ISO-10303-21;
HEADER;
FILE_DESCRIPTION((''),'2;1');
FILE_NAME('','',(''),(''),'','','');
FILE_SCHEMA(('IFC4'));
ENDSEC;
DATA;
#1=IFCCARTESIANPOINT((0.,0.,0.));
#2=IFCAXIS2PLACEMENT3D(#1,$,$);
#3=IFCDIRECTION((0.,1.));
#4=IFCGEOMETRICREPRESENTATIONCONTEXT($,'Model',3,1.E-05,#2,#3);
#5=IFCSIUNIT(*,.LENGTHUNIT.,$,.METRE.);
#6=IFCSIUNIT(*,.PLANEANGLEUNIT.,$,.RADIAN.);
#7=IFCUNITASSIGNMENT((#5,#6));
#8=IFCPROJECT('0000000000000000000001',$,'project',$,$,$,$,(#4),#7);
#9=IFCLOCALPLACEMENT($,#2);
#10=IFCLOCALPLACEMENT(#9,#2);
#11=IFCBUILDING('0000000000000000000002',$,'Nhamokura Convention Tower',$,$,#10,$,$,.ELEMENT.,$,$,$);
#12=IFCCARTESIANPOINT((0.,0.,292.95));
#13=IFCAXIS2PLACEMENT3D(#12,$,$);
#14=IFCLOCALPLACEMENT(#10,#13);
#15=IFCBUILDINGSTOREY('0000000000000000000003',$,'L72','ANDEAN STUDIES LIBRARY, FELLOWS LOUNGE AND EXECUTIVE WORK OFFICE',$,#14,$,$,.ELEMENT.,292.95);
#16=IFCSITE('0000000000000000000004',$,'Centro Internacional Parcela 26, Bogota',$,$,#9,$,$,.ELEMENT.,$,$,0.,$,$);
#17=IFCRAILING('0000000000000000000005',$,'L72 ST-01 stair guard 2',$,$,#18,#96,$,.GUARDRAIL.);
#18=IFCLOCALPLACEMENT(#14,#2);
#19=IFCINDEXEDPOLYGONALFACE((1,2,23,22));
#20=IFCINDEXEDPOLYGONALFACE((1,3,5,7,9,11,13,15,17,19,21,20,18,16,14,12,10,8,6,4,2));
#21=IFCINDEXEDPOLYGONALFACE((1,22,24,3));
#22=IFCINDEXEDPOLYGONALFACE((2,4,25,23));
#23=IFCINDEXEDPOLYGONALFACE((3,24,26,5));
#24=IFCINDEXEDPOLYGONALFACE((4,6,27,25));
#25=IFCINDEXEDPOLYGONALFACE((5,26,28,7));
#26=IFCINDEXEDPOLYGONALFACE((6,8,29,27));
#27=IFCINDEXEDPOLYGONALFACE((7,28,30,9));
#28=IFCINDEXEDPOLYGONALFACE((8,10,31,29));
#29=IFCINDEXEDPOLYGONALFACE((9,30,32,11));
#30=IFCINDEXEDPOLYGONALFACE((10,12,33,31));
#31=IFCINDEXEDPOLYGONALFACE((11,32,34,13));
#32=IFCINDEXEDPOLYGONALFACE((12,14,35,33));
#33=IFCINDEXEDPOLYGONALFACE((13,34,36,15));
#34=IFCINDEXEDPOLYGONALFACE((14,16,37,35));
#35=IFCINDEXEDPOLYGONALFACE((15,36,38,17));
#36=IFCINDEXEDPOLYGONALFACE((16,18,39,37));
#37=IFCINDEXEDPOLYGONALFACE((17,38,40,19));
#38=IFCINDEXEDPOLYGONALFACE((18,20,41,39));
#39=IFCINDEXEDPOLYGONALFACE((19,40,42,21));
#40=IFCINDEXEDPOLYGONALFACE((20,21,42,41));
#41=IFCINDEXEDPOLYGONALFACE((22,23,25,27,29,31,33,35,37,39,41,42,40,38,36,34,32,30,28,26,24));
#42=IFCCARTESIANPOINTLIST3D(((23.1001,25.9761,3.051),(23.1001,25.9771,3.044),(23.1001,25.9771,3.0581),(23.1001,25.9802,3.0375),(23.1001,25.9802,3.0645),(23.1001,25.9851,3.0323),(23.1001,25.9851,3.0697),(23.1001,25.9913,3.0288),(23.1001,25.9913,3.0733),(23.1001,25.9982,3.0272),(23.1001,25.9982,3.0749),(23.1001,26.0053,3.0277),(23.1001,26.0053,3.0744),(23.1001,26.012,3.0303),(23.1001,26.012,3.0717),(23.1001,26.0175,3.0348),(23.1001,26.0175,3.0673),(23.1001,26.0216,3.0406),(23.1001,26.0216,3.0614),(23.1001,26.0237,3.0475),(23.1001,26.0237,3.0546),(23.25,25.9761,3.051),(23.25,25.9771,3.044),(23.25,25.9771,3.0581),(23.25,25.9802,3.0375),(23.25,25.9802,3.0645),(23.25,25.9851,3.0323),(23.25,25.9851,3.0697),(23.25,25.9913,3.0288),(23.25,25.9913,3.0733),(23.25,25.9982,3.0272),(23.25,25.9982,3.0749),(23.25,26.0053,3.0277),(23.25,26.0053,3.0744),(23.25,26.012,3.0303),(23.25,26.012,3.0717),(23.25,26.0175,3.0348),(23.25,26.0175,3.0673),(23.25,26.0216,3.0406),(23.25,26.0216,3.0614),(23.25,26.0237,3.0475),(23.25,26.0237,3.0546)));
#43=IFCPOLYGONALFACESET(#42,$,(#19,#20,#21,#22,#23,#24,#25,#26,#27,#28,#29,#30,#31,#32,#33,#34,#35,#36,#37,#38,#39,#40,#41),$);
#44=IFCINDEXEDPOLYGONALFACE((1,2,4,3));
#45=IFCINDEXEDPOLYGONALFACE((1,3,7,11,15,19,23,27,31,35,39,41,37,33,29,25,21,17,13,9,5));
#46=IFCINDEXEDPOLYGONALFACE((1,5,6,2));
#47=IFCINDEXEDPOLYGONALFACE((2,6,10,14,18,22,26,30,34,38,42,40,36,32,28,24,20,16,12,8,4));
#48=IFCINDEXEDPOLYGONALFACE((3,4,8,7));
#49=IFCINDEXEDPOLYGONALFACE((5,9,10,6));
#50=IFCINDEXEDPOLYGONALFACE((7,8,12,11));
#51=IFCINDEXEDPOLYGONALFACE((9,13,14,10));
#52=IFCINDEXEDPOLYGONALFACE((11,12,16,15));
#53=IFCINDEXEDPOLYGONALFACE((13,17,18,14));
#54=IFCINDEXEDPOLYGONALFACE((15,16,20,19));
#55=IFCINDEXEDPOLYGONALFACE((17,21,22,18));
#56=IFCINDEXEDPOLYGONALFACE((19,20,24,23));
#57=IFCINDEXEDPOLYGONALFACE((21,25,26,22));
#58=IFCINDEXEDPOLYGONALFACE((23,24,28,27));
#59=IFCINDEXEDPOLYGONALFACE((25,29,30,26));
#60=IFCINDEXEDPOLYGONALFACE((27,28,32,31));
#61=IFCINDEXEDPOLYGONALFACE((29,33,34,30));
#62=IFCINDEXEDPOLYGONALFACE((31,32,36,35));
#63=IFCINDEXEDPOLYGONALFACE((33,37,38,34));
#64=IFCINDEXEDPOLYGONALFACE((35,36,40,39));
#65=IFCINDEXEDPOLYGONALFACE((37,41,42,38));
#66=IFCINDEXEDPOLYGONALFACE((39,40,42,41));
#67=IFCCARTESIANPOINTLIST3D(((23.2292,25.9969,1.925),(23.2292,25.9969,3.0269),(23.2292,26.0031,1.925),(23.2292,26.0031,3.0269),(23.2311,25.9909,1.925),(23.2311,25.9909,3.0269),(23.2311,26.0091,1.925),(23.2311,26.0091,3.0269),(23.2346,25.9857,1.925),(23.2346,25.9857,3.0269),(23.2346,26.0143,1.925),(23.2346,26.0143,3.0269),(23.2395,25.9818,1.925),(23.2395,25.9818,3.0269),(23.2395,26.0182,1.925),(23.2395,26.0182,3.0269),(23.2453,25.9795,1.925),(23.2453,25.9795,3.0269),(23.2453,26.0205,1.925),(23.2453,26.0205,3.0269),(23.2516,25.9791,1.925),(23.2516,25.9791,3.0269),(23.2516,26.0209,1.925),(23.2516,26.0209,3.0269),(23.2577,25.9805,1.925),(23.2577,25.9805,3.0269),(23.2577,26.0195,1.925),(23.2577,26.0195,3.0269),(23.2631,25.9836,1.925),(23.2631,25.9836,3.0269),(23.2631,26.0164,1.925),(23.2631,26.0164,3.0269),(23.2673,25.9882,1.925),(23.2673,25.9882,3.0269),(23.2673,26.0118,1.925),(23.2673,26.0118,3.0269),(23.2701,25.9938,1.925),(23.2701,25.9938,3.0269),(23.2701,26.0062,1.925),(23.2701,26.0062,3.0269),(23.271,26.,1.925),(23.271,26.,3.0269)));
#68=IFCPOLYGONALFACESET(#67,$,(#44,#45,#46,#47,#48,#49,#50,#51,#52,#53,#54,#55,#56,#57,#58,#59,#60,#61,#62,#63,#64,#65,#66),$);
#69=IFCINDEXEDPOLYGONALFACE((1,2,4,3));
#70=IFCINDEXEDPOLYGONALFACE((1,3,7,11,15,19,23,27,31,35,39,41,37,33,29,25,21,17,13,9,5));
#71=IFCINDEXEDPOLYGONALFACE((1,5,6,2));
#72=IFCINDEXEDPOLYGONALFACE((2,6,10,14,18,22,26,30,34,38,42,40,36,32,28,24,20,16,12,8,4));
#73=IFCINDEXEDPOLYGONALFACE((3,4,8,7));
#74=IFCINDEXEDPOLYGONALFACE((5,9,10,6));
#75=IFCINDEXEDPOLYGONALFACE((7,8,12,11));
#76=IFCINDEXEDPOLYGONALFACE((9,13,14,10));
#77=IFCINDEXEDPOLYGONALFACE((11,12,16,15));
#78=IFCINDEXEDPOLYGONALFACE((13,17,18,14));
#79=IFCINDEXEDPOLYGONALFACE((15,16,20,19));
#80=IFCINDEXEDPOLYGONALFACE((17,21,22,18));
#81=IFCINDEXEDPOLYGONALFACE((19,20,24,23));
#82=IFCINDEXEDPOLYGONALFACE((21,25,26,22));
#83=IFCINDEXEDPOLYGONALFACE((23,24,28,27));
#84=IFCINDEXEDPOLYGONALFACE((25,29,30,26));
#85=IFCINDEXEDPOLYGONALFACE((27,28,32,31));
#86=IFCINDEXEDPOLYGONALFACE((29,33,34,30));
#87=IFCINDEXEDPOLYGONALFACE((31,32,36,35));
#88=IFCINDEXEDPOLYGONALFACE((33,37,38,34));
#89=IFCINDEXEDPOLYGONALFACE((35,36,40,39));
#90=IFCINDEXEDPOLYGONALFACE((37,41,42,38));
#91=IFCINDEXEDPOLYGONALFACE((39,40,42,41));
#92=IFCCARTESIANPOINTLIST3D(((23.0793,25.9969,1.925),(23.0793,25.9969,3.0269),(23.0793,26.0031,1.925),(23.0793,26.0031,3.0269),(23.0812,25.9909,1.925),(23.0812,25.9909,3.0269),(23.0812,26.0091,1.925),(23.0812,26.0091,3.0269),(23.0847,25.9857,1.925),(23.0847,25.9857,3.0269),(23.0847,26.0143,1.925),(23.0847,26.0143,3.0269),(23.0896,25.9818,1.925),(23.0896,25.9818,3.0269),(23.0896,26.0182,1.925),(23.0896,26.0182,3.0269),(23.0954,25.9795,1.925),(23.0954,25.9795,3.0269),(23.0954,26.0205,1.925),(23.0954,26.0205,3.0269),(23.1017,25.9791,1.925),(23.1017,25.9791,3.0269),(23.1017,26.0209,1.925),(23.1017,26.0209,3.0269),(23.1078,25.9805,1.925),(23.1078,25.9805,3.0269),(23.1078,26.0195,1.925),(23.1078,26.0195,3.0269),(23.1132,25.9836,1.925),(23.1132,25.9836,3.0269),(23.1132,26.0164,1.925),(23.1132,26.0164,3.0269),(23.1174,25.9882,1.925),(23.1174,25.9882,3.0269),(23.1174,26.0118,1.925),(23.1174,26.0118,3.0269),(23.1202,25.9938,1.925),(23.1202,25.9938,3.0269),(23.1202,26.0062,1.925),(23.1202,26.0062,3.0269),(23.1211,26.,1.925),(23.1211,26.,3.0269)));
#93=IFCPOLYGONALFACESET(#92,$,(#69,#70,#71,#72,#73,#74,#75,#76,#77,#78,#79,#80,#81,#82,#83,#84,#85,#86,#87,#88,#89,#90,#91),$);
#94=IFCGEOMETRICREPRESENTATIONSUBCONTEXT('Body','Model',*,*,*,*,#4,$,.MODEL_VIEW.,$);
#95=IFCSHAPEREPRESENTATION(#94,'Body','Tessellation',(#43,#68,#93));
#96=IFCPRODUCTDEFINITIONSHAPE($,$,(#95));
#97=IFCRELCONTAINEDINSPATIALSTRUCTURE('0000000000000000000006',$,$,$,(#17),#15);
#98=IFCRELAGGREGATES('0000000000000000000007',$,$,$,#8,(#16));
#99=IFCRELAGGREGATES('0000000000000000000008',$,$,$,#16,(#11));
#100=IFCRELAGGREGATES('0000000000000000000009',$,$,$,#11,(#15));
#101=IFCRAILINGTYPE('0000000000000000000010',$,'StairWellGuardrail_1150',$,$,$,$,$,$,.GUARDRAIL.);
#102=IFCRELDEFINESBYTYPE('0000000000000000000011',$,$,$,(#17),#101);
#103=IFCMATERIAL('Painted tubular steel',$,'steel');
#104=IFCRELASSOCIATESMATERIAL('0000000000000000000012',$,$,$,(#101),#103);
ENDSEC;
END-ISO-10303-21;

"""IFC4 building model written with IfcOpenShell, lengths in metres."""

from ifc_helpers import new_model, si_unit, direction, frame, origin, origin_2d, place, context, subcontext, project, spatial, circle, extrude, material, type_object, element, save


model = new_model("IFC4")

# Units and contexts
model_context = context("Model", 3, precision=1e-05, world=origin(), true_north=direction((0.0, 1.0)))
body_context = subcontext(model_context, "Body", "Model", "MODEL_VIEW")
ifc_project = project(units=[si_unit("LENGTHUNIT", "METRE"), si_unit("PLANEANGLEUNIT", "RADIAN")], contexts=[model_context])

# Site, building, storey
site_placement = place(None, origin())
site = spatial("IfcSite", under=ifc_project, at=site_placement, Name="Centro Internacional Parcela 26, Bogota", CompositionType="ELEMENT", RefElevation=0.0)
building_placement = place(site_placement, origin())
building = spatial("IfcBuilding", under=site, at=building_placement, Name="Nhamokura Convention Tower", CompositionType="ELEMENT")
storey_placement = place(building_placement, frame((0.0, 0.0, 292.95)))
storey = spatial("IfcBuildingStorey", under=building, at=storey_placement, Name="L72", Description="ANDEAN STUDIES LIBRARY, FELLOWS LOUNGE AND EXECUTIVE WORK OFFICE", CompositionType="ELEMENT", Elevation=292.95)

# Railing
ifc_material_1 = material(Name="Painted tubular steel", Category="steel")
railing_type_1 = type_object("IfcRailingType", Name="StairWellGuardrail_1150", PredefinedType="GUARDRAIL", material=ifc_material_1)
railing_1_placement = place(storey_placement, frame((23.25, 26.0, 1.925)))
element("IfcRailing", 1, at=railing_1_placement, inside=storey, type_object=railing_type_1, Name="L72 ST-01 stair guard 2", PredefinedType="GUARDRAIL", context=body_context, shape_type="SweptSolid", body=[
    extrude(circle(Radius=0.0239, at=origin_2d()), frame((0.0, 0.0, 1.126), z_axis=(-1.0, 0.0, 0.0), x_axis=(0.0, -1.0, 0.0)), (0.0, 0.0, 1.0), 0.1499),
    extrude(circle(Radius=0.021, at=origin_2d()), origin(), (0.0, 0.0, 1.0), 1.1018),
    extrude(circle(Radius=0.021, at=origin_2d()), frame((-0.1499, 0.0, 0.0)), (0.0, 0.0, 1.0), 1.1018),
])

save(model, "model.ifc")
